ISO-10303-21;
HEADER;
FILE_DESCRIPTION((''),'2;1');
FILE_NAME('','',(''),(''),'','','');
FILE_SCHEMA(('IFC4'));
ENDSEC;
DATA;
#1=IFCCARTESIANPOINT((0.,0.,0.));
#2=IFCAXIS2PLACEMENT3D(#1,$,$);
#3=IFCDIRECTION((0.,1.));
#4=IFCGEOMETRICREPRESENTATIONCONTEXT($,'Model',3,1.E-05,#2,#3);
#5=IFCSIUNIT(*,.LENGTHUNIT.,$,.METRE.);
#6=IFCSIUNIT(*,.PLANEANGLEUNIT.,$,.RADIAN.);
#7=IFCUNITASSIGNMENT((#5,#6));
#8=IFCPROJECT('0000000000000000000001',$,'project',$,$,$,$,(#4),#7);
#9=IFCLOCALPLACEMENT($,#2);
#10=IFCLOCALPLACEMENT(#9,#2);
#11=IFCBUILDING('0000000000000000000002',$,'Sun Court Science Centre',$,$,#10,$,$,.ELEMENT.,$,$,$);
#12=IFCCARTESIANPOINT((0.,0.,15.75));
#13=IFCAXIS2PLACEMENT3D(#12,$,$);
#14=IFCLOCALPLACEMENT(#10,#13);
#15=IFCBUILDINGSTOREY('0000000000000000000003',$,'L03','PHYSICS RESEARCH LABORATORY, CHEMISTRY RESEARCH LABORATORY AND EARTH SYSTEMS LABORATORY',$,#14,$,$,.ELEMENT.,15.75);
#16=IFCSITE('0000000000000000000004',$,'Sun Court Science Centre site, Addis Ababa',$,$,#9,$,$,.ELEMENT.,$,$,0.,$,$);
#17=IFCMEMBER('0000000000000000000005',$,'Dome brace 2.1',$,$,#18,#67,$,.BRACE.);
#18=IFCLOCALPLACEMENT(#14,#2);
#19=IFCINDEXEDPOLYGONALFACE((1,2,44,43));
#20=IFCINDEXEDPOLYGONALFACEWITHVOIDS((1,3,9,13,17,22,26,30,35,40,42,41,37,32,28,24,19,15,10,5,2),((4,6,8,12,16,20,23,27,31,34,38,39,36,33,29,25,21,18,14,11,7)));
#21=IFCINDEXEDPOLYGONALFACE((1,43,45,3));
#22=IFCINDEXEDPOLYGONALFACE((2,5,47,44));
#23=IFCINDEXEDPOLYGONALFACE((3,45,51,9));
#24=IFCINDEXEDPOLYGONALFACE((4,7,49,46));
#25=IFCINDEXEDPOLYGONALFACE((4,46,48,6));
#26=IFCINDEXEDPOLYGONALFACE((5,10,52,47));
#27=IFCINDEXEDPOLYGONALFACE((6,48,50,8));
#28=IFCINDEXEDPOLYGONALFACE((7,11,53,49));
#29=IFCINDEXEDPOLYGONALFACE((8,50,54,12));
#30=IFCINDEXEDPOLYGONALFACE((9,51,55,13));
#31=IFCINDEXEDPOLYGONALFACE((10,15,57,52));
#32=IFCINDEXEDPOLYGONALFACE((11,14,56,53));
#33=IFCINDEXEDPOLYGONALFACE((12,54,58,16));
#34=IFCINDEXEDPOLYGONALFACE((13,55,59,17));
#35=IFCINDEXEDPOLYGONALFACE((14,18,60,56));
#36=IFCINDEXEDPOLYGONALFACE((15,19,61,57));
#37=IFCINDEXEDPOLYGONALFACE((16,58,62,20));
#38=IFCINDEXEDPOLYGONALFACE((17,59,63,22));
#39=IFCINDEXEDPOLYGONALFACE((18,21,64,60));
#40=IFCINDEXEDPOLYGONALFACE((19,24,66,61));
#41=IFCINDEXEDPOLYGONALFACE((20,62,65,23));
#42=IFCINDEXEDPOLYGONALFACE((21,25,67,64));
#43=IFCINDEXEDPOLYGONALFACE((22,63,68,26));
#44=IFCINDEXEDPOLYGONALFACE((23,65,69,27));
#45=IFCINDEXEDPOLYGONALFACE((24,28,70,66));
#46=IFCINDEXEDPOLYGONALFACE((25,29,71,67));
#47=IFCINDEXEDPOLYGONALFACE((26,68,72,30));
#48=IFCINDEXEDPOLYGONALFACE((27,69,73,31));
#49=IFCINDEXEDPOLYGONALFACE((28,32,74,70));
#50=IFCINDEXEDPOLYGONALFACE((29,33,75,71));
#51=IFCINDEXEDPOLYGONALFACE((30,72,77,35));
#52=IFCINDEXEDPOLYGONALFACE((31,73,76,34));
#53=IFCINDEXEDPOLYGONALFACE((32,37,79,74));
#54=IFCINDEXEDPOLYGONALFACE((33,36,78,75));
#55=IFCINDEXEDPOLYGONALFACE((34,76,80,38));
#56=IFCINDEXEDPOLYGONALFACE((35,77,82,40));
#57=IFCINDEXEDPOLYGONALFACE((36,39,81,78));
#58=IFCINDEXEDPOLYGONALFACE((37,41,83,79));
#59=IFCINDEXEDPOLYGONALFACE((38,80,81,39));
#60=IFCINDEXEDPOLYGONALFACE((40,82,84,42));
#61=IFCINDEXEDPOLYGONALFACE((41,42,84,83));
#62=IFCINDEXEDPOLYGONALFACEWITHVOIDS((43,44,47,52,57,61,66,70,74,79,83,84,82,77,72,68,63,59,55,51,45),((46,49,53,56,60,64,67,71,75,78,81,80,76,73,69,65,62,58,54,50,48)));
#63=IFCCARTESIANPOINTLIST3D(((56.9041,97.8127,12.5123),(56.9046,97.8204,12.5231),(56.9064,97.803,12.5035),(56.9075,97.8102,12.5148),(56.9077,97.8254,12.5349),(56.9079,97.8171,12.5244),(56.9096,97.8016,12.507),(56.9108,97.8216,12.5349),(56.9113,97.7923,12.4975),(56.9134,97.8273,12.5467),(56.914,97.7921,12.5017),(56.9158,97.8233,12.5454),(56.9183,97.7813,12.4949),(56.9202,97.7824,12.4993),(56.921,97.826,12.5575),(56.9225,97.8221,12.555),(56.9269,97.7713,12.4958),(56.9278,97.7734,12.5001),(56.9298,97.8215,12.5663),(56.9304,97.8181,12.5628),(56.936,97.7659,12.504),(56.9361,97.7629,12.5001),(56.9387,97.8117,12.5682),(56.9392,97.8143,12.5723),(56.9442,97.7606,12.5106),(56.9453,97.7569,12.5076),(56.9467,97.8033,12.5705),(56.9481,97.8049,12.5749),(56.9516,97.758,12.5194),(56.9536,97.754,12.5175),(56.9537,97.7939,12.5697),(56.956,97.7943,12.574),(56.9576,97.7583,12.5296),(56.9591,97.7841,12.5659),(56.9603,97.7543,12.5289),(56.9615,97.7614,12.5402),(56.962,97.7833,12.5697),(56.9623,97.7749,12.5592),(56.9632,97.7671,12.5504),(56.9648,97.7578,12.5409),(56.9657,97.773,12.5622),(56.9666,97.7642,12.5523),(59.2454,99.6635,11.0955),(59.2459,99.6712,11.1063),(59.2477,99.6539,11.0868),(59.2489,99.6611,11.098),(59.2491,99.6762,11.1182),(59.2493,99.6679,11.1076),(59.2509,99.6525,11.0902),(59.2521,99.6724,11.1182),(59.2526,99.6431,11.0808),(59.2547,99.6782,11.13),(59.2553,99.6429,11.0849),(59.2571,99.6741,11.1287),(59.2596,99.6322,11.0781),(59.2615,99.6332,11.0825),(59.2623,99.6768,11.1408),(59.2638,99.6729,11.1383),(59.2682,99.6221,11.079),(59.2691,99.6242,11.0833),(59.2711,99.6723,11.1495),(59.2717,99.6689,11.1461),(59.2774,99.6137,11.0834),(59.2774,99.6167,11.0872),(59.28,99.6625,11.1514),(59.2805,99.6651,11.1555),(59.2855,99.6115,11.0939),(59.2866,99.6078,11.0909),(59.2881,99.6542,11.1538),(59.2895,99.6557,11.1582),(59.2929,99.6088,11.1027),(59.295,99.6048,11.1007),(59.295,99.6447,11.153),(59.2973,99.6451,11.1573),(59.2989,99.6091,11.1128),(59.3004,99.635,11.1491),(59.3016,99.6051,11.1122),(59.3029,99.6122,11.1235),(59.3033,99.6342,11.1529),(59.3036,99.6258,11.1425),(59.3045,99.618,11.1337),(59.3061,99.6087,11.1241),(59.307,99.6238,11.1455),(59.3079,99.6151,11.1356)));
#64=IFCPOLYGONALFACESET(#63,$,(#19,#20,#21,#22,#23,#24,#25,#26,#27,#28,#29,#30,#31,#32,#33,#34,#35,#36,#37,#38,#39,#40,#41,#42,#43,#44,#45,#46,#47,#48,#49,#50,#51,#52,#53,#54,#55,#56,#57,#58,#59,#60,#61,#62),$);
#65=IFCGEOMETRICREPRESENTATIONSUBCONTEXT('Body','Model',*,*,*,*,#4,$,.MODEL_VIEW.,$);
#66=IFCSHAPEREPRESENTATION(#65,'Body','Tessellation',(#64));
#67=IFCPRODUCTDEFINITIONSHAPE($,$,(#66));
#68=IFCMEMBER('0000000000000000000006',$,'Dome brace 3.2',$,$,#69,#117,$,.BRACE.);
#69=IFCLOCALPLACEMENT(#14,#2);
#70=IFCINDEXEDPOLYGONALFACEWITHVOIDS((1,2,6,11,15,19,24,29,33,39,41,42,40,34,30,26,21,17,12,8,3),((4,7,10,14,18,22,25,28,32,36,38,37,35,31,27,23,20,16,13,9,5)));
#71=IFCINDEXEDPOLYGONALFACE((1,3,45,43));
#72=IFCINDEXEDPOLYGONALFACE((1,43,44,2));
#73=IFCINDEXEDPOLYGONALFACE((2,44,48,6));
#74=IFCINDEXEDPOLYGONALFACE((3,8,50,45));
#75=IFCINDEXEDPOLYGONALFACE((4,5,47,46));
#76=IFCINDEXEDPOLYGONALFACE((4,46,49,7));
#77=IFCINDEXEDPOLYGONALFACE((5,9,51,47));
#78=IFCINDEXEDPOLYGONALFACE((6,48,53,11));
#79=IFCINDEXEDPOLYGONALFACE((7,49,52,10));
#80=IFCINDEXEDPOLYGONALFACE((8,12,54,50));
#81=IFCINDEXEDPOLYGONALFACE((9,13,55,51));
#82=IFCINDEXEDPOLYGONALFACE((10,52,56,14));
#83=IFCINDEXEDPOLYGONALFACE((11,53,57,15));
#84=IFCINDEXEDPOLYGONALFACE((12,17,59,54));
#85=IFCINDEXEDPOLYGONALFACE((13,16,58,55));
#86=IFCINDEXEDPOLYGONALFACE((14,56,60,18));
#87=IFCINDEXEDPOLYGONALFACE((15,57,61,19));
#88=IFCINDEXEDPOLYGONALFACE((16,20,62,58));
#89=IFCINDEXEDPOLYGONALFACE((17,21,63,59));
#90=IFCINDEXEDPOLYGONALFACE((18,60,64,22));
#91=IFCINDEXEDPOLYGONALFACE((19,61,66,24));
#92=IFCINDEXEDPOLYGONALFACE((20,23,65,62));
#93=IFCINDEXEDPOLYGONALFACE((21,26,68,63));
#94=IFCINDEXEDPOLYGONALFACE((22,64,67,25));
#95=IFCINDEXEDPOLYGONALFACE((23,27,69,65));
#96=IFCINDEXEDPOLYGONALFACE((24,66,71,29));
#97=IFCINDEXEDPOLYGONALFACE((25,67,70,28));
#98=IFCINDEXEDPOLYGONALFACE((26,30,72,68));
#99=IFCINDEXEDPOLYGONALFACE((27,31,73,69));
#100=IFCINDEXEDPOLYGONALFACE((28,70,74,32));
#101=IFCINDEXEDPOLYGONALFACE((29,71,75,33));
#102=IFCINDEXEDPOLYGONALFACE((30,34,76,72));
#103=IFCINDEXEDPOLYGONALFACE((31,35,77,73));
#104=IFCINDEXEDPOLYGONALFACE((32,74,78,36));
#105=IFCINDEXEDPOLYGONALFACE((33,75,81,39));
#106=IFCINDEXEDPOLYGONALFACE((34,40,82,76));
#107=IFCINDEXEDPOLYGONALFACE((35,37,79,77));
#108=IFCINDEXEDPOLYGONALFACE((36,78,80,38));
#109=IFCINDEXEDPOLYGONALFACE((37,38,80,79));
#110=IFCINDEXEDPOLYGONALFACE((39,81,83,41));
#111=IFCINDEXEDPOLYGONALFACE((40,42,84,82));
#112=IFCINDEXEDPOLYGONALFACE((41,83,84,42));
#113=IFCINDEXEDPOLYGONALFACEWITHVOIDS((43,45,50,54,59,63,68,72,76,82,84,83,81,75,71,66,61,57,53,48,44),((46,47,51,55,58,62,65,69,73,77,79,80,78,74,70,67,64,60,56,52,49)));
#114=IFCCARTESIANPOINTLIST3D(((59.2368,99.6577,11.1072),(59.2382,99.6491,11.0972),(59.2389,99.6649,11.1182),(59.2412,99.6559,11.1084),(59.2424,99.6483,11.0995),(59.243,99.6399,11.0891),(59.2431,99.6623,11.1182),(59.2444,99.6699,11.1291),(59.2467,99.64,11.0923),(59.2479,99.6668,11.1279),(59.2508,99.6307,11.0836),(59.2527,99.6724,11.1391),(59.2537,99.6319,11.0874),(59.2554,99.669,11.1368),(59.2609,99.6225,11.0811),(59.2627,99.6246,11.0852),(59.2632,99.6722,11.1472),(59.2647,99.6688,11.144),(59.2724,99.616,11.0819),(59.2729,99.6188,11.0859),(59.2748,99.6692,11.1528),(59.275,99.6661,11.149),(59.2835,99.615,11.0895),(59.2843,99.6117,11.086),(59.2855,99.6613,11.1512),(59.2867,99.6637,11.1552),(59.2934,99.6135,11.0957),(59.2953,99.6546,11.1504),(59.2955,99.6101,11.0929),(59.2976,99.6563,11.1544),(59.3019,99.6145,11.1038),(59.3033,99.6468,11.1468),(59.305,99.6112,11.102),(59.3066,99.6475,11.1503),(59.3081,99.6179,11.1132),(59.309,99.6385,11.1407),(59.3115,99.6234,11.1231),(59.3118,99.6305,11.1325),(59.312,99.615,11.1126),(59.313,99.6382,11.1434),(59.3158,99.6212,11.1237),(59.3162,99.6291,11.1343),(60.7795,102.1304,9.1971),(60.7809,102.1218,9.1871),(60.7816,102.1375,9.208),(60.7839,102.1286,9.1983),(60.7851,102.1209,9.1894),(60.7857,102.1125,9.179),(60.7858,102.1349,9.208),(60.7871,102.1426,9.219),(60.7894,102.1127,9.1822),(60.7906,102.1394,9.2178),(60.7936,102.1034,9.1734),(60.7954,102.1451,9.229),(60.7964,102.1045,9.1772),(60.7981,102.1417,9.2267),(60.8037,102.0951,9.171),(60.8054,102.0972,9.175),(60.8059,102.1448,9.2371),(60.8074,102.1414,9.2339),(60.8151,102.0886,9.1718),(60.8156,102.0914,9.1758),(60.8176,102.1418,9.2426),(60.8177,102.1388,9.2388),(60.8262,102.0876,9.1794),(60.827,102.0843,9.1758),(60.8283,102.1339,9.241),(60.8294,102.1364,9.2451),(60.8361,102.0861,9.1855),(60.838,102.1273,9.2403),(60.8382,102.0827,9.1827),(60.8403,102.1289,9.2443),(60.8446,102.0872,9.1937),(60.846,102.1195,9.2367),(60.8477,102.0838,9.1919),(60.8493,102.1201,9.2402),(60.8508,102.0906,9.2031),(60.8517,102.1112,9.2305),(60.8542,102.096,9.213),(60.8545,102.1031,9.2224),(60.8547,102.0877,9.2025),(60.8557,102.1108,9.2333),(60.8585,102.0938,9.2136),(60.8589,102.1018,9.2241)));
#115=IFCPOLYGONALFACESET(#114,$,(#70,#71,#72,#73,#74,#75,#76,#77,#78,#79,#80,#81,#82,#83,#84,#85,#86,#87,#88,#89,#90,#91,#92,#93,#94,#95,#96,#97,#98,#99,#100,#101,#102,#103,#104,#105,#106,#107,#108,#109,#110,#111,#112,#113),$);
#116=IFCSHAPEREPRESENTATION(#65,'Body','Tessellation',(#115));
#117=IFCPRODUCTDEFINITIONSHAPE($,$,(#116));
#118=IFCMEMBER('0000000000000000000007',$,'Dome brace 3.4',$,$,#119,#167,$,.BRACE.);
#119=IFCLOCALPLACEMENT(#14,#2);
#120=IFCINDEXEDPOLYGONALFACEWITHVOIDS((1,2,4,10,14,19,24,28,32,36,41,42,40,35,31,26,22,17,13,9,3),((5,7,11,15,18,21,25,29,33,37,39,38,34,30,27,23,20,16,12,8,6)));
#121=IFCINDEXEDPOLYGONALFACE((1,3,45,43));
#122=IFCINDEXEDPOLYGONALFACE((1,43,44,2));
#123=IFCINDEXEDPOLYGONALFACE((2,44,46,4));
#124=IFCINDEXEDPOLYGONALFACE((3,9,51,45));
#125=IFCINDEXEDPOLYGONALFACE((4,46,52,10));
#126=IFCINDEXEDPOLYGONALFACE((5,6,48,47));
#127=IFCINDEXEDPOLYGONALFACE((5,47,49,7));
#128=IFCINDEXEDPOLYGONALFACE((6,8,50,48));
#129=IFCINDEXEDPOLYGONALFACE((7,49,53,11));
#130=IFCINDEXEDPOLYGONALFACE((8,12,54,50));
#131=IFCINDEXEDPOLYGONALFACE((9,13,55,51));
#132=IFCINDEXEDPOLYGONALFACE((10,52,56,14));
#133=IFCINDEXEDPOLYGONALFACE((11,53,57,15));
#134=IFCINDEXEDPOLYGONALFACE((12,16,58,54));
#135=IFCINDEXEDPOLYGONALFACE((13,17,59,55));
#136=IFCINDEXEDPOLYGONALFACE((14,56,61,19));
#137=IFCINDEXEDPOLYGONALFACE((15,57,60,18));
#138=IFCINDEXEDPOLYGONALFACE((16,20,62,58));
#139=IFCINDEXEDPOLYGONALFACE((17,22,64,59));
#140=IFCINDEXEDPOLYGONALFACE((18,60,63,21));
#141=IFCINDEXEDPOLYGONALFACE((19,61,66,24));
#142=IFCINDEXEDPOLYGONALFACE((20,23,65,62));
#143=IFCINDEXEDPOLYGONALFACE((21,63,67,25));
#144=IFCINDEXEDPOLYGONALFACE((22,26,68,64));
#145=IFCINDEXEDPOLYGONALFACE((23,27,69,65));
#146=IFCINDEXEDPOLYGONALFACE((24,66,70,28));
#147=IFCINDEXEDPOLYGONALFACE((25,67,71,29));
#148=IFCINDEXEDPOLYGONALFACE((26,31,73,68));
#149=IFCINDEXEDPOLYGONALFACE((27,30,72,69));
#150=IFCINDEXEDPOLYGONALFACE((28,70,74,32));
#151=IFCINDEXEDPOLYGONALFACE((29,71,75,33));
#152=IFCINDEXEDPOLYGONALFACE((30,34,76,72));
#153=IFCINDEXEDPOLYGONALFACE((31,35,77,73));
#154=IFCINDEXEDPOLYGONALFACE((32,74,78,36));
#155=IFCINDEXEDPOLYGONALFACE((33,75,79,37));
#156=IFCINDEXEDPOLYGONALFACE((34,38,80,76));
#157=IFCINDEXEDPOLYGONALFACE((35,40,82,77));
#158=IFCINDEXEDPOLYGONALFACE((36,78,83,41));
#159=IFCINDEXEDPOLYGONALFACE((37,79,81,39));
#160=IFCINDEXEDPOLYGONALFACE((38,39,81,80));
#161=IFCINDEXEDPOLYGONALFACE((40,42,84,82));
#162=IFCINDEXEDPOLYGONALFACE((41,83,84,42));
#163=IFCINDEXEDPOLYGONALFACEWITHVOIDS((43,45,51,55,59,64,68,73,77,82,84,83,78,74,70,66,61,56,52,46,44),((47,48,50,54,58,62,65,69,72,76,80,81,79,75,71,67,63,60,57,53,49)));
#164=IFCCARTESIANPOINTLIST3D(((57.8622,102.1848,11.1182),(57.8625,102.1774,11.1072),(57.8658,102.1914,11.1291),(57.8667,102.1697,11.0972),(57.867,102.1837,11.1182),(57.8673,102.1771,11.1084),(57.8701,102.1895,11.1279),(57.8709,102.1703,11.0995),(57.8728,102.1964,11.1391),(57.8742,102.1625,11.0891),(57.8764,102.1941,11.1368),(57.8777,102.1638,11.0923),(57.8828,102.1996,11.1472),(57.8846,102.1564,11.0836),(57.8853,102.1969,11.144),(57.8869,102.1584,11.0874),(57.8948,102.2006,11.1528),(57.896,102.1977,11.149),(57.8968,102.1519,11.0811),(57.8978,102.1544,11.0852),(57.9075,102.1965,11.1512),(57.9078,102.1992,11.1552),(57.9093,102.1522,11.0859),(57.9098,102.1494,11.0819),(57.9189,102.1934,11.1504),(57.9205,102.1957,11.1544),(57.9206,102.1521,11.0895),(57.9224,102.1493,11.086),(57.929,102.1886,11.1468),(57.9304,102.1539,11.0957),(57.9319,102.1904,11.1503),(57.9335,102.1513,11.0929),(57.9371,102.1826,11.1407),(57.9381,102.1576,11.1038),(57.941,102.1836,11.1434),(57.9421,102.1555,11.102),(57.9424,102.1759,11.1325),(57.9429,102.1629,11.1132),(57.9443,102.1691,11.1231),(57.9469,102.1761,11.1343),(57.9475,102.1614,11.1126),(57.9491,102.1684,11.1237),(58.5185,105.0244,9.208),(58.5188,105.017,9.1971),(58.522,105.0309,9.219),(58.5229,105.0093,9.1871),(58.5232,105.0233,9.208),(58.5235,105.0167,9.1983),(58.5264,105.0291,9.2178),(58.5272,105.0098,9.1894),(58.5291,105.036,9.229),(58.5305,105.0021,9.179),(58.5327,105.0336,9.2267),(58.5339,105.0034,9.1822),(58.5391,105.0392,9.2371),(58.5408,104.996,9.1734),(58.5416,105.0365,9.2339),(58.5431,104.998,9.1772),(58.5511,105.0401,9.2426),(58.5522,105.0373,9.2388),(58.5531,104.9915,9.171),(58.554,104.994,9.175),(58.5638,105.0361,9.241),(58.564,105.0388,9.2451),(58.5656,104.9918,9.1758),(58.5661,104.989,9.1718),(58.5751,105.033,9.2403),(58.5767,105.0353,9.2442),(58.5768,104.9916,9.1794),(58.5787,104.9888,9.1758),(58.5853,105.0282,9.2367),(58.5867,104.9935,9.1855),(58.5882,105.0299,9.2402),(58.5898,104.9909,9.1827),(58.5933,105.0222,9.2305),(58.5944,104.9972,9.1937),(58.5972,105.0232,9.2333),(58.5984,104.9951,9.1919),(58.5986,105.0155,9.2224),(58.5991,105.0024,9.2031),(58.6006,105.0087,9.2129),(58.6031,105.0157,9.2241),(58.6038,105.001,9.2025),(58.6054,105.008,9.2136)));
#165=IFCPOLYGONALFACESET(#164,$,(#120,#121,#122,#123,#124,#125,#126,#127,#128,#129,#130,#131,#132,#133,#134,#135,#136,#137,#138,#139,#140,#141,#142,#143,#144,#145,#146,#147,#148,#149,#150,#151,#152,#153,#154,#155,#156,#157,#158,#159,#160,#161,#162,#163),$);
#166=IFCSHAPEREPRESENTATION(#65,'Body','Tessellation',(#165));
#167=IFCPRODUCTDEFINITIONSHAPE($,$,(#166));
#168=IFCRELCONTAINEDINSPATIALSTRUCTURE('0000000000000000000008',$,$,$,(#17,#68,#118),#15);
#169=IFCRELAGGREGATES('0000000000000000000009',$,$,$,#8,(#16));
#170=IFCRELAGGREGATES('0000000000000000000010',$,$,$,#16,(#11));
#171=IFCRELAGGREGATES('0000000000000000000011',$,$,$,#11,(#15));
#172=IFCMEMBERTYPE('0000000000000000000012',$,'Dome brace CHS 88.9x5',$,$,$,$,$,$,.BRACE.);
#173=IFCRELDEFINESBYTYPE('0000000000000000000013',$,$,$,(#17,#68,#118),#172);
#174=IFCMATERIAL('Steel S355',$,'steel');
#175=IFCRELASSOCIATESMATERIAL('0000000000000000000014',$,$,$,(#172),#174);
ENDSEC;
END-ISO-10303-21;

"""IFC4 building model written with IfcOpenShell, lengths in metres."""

from ifc_helpers import new_model, si_unit, direction, frame, origin, origin_2d, place, context, subcontext, project, spatial, hollow_circle, extrude, material, material_profile, profile_set, type_object, element, save


model = new_model("IFC4")

# Units and contexts
model_context = context("Model", 3, precision=1e-05, world=origin(), true_north=direction((0.0, 1.0)))
body_context = subcontext(model_context, "Body", "Model", "MODEL_VIEW")
ifc_project = project(units=[si_unit("LENGTHUNIT", "METRE"), si_unit("PLANEANGLEUNIT", "RADIAN")], contexts=[model_context])

# Site, building, storey
site_placement = place(None, origin())
site = spatial("IfcSite", under=ifc_project, at=site_placement, Name="Sun Court Science Centre site, Addis Ababa", CompositionType="ELEMENT", RefElevation=0.0)
building_placement = place(site_placement, origin())
building = spatial("IfcBuilding", under=site, at=building_placement, Name="Sun Court Science Centre", CompositionType="ELEMENT")
storey_placement = place(building_placement, frame((0.0, 0.0, 15.75)))
storey = spatial("IfcBuildingStorey", under=building, at=storey_placement, Name="L03", Description="PHYSICS RESEARCH LABORATORY, CHEMISTRY RESEARCH LABORATORY AND EARTH SYSTEMS LABORATORY", CompositionType="ELEMENT", Elevation=15.75)

# Members
ifc_material_1 = material(Name="Steel S355", Category="steel")
ifc_material_profile_1 = material_profile(ifc_material_1, hollow_circle(Radius=0.0444, WallThickness=0.0049, at=origin_2d()), Name="CHS 88.9x5")
ifc_profile_set_1 = profile_set([ifc_material_profile_1], Name="Steel S355")
member_type_1 = type_object("IfcMemberType", Name="Dome brace CHS 88.9x5", PredefinedType="BRACE", material=ifc_profile_set_1)
member_1_placement = place(storey_placement, frame((56.9353, 97.7905, 12.5349), z_axis=(0.708692, 0.560228, -0.428836), x_axis=(-0.620145, 0.784487, 0.0)))
element("IfcMember", 1, at=member_1_placement, inside=storey, type_object=member_type_1, Name="Dome brace 2.1", PredefinedType="BRACE", context=body_context, shape_type="SweptSolid", body=[
    extrude(hollow_circle(Radius=0.0444, WallThickness=0.0049, at=origin_2d()), origin(), (0.0, 0.0, 1.0), 3.3037),
])
for number, where, z_axis, x_axis, name in (
    (2, (59.2766, 99.6414, 11.1182), (0.442721, 0.709587, -0.548164), (-0.848412, 0.529336, 0.0), "Dome brace 3.2"),
    (3, (57.9055, 102.1748, 11.1182), (0.188327, 0.814891, -0.548165), (-0.974319, 0.225172, 0.0), "Dome brace 3.4"),
):
    element("IfcMember", number, at=place(storey_placement, frame(where, z_axis=z_axis, x_axis=x_axis)), inside=storey, type_object=member_type_1, Name=name, PredefinedType="BRACE", context=body_context, shape_type="SweptSolid", body=[
        extrude(hollow_circle(Radius=0.0444, WallThickness=0.0049, at=origin_2d()), origin(), (0.0, 0.0, 1.0), 3.4846),
    ])

save(model, "model.ifc")
